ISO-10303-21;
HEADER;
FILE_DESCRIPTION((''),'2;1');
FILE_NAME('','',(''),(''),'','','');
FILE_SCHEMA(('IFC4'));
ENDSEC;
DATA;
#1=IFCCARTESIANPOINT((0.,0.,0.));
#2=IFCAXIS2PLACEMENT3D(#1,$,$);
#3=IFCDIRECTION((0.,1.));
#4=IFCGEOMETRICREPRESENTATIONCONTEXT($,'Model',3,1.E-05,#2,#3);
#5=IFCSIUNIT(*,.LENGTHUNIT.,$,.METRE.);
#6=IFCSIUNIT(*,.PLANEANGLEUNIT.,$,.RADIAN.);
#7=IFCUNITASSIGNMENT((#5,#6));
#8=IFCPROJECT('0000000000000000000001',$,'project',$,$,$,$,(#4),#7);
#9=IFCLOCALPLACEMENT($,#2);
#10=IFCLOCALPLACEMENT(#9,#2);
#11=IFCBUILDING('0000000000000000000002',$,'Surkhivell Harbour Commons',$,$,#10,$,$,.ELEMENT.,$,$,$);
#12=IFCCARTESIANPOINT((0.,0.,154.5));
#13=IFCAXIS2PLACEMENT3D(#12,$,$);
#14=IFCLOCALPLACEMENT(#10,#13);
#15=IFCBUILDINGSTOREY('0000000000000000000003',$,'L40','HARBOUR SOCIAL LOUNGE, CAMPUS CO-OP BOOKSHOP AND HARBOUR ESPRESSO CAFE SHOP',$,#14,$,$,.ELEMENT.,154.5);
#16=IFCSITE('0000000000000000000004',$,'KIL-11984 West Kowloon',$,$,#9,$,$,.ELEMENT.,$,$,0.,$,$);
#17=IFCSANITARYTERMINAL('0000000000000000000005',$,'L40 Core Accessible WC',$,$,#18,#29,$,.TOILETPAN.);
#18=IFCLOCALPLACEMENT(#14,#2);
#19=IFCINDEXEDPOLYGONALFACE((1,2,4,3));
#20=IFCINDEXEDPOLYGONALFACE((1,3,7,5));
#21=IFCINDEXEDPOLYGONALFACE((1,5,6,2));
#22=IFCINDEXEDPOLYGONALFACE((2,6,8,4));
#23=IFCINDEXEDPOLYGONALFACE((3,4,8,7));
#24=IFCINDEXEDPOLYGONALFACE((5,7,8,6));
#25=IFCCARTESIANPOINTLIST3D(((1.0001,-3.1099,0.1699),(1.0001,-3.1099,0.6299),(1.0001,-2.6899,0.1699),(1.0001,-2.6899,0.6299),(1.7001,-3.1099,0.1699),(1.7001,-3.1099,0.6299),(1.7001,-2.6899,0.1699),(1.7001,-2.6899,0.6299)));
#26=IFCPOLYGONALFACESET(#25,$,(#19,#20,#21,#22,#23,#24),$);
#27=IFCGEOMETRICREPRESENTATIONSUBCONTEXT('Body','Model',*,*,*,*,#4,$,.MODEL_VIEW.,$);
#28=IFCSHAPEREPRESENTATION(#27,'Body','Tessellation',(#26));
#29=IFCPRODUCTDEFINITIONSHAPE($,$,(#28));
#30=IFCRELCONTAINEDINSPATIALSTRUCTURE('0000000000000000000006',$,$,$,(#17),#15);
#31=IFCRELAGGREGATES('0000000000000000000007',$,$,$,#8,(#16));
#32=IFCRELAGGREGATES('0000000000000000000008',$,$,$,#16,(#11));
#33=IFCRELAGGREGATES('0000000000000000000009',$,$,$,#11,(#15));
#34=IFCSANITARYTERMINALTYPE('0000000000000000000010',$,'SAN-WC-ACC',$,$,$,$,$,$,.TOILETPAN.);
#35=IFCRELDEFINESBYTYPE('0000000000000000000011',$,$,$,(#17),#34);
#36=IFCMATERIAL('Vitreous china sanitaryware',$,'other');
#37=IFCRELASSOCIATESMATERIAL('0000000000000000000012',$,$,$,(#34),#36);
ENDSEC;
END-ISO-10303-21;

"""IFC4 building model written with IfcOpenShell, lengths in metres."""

from ifc_helpers import new_model, si_unit, direction, frame, origin, origin_2d, place, context, subcontext, project, spatial, rectangle, extrude, material, type_object, element, save


model = new_model("IFC4")

# Units and contexts
model_context = context("Model", 3, precision=1e-05, world=origin(), true_north=direction((0.0, 1.0)))
body_context = subcontext(model_context, "Body", "Model", "MODEL_VIEW")
ifc_project = project(units=[si_unit("LENGTHUNIT", "METRE"), si_unit("PLANEANGLEUNIT", "RADIAN")], contexts=[model_context])

# Site, building, storey
site_placement = place(None, origin())
site = spatial("IfcSite", under=ifc_project, at=site_placement, Name="KIL-11984 West Kowloon", CompositionType="ELEMENT", RefElevation=0.0)
building_placement = place(site_placement, origin())
building = spatial("IfcBuilding", under=site, at=building_placement, Name="Surkhivell Harbour Commons", CompositionType="ELEMENT")
storey_placement = place(building_placement, frame((0.0, 0.0, 154.5)))
storey = spatial("IfcBuildingStorey", under=building, at=storey_placement, Name="L40", Description="HARBOUR SOCIAL LOUNGE, CAMPUS CO-OP BOOKSHOP AND HARBOUR ESPRESSO CAFE SHOP", CompositionType="ELEMENT", Elevation=154.5)

# Sanitary terminal
ifc_material_1 = material(Name="Vitreous china sanitaryware", Category="other")
sanitary_terminal_type_1 = type_object("IfcSanitaryTerminalType", Name="SAN-WC-ACC", PredefinedType="TOILETPAN", material=ifc_material_1)
sanitary_terminal_1_placement = place(storey_placement, frame((1.3501, -2.8999, 0.1699), z_axis=(0.0, 0.0, 1.0), x_axis=(1.0, 0.0, 0.0)))
element("IfcSanitaryTerminal", 1, at=sanitary_terminal_1_placement, inside=storey, type_object=sanitary_terminal_type_1, Name="L40 Core Accessible WC", PredefinedType="TOILETPAN", context=body_context, shape_type="SweptSolid", body=[
    extrude(rectangle(XDim=0.7, YDim=0.4199, at=origin_2d()), origin(), (0.0, 0.0, 1.0), 0.46),
])

save(model, "model.ifc")
